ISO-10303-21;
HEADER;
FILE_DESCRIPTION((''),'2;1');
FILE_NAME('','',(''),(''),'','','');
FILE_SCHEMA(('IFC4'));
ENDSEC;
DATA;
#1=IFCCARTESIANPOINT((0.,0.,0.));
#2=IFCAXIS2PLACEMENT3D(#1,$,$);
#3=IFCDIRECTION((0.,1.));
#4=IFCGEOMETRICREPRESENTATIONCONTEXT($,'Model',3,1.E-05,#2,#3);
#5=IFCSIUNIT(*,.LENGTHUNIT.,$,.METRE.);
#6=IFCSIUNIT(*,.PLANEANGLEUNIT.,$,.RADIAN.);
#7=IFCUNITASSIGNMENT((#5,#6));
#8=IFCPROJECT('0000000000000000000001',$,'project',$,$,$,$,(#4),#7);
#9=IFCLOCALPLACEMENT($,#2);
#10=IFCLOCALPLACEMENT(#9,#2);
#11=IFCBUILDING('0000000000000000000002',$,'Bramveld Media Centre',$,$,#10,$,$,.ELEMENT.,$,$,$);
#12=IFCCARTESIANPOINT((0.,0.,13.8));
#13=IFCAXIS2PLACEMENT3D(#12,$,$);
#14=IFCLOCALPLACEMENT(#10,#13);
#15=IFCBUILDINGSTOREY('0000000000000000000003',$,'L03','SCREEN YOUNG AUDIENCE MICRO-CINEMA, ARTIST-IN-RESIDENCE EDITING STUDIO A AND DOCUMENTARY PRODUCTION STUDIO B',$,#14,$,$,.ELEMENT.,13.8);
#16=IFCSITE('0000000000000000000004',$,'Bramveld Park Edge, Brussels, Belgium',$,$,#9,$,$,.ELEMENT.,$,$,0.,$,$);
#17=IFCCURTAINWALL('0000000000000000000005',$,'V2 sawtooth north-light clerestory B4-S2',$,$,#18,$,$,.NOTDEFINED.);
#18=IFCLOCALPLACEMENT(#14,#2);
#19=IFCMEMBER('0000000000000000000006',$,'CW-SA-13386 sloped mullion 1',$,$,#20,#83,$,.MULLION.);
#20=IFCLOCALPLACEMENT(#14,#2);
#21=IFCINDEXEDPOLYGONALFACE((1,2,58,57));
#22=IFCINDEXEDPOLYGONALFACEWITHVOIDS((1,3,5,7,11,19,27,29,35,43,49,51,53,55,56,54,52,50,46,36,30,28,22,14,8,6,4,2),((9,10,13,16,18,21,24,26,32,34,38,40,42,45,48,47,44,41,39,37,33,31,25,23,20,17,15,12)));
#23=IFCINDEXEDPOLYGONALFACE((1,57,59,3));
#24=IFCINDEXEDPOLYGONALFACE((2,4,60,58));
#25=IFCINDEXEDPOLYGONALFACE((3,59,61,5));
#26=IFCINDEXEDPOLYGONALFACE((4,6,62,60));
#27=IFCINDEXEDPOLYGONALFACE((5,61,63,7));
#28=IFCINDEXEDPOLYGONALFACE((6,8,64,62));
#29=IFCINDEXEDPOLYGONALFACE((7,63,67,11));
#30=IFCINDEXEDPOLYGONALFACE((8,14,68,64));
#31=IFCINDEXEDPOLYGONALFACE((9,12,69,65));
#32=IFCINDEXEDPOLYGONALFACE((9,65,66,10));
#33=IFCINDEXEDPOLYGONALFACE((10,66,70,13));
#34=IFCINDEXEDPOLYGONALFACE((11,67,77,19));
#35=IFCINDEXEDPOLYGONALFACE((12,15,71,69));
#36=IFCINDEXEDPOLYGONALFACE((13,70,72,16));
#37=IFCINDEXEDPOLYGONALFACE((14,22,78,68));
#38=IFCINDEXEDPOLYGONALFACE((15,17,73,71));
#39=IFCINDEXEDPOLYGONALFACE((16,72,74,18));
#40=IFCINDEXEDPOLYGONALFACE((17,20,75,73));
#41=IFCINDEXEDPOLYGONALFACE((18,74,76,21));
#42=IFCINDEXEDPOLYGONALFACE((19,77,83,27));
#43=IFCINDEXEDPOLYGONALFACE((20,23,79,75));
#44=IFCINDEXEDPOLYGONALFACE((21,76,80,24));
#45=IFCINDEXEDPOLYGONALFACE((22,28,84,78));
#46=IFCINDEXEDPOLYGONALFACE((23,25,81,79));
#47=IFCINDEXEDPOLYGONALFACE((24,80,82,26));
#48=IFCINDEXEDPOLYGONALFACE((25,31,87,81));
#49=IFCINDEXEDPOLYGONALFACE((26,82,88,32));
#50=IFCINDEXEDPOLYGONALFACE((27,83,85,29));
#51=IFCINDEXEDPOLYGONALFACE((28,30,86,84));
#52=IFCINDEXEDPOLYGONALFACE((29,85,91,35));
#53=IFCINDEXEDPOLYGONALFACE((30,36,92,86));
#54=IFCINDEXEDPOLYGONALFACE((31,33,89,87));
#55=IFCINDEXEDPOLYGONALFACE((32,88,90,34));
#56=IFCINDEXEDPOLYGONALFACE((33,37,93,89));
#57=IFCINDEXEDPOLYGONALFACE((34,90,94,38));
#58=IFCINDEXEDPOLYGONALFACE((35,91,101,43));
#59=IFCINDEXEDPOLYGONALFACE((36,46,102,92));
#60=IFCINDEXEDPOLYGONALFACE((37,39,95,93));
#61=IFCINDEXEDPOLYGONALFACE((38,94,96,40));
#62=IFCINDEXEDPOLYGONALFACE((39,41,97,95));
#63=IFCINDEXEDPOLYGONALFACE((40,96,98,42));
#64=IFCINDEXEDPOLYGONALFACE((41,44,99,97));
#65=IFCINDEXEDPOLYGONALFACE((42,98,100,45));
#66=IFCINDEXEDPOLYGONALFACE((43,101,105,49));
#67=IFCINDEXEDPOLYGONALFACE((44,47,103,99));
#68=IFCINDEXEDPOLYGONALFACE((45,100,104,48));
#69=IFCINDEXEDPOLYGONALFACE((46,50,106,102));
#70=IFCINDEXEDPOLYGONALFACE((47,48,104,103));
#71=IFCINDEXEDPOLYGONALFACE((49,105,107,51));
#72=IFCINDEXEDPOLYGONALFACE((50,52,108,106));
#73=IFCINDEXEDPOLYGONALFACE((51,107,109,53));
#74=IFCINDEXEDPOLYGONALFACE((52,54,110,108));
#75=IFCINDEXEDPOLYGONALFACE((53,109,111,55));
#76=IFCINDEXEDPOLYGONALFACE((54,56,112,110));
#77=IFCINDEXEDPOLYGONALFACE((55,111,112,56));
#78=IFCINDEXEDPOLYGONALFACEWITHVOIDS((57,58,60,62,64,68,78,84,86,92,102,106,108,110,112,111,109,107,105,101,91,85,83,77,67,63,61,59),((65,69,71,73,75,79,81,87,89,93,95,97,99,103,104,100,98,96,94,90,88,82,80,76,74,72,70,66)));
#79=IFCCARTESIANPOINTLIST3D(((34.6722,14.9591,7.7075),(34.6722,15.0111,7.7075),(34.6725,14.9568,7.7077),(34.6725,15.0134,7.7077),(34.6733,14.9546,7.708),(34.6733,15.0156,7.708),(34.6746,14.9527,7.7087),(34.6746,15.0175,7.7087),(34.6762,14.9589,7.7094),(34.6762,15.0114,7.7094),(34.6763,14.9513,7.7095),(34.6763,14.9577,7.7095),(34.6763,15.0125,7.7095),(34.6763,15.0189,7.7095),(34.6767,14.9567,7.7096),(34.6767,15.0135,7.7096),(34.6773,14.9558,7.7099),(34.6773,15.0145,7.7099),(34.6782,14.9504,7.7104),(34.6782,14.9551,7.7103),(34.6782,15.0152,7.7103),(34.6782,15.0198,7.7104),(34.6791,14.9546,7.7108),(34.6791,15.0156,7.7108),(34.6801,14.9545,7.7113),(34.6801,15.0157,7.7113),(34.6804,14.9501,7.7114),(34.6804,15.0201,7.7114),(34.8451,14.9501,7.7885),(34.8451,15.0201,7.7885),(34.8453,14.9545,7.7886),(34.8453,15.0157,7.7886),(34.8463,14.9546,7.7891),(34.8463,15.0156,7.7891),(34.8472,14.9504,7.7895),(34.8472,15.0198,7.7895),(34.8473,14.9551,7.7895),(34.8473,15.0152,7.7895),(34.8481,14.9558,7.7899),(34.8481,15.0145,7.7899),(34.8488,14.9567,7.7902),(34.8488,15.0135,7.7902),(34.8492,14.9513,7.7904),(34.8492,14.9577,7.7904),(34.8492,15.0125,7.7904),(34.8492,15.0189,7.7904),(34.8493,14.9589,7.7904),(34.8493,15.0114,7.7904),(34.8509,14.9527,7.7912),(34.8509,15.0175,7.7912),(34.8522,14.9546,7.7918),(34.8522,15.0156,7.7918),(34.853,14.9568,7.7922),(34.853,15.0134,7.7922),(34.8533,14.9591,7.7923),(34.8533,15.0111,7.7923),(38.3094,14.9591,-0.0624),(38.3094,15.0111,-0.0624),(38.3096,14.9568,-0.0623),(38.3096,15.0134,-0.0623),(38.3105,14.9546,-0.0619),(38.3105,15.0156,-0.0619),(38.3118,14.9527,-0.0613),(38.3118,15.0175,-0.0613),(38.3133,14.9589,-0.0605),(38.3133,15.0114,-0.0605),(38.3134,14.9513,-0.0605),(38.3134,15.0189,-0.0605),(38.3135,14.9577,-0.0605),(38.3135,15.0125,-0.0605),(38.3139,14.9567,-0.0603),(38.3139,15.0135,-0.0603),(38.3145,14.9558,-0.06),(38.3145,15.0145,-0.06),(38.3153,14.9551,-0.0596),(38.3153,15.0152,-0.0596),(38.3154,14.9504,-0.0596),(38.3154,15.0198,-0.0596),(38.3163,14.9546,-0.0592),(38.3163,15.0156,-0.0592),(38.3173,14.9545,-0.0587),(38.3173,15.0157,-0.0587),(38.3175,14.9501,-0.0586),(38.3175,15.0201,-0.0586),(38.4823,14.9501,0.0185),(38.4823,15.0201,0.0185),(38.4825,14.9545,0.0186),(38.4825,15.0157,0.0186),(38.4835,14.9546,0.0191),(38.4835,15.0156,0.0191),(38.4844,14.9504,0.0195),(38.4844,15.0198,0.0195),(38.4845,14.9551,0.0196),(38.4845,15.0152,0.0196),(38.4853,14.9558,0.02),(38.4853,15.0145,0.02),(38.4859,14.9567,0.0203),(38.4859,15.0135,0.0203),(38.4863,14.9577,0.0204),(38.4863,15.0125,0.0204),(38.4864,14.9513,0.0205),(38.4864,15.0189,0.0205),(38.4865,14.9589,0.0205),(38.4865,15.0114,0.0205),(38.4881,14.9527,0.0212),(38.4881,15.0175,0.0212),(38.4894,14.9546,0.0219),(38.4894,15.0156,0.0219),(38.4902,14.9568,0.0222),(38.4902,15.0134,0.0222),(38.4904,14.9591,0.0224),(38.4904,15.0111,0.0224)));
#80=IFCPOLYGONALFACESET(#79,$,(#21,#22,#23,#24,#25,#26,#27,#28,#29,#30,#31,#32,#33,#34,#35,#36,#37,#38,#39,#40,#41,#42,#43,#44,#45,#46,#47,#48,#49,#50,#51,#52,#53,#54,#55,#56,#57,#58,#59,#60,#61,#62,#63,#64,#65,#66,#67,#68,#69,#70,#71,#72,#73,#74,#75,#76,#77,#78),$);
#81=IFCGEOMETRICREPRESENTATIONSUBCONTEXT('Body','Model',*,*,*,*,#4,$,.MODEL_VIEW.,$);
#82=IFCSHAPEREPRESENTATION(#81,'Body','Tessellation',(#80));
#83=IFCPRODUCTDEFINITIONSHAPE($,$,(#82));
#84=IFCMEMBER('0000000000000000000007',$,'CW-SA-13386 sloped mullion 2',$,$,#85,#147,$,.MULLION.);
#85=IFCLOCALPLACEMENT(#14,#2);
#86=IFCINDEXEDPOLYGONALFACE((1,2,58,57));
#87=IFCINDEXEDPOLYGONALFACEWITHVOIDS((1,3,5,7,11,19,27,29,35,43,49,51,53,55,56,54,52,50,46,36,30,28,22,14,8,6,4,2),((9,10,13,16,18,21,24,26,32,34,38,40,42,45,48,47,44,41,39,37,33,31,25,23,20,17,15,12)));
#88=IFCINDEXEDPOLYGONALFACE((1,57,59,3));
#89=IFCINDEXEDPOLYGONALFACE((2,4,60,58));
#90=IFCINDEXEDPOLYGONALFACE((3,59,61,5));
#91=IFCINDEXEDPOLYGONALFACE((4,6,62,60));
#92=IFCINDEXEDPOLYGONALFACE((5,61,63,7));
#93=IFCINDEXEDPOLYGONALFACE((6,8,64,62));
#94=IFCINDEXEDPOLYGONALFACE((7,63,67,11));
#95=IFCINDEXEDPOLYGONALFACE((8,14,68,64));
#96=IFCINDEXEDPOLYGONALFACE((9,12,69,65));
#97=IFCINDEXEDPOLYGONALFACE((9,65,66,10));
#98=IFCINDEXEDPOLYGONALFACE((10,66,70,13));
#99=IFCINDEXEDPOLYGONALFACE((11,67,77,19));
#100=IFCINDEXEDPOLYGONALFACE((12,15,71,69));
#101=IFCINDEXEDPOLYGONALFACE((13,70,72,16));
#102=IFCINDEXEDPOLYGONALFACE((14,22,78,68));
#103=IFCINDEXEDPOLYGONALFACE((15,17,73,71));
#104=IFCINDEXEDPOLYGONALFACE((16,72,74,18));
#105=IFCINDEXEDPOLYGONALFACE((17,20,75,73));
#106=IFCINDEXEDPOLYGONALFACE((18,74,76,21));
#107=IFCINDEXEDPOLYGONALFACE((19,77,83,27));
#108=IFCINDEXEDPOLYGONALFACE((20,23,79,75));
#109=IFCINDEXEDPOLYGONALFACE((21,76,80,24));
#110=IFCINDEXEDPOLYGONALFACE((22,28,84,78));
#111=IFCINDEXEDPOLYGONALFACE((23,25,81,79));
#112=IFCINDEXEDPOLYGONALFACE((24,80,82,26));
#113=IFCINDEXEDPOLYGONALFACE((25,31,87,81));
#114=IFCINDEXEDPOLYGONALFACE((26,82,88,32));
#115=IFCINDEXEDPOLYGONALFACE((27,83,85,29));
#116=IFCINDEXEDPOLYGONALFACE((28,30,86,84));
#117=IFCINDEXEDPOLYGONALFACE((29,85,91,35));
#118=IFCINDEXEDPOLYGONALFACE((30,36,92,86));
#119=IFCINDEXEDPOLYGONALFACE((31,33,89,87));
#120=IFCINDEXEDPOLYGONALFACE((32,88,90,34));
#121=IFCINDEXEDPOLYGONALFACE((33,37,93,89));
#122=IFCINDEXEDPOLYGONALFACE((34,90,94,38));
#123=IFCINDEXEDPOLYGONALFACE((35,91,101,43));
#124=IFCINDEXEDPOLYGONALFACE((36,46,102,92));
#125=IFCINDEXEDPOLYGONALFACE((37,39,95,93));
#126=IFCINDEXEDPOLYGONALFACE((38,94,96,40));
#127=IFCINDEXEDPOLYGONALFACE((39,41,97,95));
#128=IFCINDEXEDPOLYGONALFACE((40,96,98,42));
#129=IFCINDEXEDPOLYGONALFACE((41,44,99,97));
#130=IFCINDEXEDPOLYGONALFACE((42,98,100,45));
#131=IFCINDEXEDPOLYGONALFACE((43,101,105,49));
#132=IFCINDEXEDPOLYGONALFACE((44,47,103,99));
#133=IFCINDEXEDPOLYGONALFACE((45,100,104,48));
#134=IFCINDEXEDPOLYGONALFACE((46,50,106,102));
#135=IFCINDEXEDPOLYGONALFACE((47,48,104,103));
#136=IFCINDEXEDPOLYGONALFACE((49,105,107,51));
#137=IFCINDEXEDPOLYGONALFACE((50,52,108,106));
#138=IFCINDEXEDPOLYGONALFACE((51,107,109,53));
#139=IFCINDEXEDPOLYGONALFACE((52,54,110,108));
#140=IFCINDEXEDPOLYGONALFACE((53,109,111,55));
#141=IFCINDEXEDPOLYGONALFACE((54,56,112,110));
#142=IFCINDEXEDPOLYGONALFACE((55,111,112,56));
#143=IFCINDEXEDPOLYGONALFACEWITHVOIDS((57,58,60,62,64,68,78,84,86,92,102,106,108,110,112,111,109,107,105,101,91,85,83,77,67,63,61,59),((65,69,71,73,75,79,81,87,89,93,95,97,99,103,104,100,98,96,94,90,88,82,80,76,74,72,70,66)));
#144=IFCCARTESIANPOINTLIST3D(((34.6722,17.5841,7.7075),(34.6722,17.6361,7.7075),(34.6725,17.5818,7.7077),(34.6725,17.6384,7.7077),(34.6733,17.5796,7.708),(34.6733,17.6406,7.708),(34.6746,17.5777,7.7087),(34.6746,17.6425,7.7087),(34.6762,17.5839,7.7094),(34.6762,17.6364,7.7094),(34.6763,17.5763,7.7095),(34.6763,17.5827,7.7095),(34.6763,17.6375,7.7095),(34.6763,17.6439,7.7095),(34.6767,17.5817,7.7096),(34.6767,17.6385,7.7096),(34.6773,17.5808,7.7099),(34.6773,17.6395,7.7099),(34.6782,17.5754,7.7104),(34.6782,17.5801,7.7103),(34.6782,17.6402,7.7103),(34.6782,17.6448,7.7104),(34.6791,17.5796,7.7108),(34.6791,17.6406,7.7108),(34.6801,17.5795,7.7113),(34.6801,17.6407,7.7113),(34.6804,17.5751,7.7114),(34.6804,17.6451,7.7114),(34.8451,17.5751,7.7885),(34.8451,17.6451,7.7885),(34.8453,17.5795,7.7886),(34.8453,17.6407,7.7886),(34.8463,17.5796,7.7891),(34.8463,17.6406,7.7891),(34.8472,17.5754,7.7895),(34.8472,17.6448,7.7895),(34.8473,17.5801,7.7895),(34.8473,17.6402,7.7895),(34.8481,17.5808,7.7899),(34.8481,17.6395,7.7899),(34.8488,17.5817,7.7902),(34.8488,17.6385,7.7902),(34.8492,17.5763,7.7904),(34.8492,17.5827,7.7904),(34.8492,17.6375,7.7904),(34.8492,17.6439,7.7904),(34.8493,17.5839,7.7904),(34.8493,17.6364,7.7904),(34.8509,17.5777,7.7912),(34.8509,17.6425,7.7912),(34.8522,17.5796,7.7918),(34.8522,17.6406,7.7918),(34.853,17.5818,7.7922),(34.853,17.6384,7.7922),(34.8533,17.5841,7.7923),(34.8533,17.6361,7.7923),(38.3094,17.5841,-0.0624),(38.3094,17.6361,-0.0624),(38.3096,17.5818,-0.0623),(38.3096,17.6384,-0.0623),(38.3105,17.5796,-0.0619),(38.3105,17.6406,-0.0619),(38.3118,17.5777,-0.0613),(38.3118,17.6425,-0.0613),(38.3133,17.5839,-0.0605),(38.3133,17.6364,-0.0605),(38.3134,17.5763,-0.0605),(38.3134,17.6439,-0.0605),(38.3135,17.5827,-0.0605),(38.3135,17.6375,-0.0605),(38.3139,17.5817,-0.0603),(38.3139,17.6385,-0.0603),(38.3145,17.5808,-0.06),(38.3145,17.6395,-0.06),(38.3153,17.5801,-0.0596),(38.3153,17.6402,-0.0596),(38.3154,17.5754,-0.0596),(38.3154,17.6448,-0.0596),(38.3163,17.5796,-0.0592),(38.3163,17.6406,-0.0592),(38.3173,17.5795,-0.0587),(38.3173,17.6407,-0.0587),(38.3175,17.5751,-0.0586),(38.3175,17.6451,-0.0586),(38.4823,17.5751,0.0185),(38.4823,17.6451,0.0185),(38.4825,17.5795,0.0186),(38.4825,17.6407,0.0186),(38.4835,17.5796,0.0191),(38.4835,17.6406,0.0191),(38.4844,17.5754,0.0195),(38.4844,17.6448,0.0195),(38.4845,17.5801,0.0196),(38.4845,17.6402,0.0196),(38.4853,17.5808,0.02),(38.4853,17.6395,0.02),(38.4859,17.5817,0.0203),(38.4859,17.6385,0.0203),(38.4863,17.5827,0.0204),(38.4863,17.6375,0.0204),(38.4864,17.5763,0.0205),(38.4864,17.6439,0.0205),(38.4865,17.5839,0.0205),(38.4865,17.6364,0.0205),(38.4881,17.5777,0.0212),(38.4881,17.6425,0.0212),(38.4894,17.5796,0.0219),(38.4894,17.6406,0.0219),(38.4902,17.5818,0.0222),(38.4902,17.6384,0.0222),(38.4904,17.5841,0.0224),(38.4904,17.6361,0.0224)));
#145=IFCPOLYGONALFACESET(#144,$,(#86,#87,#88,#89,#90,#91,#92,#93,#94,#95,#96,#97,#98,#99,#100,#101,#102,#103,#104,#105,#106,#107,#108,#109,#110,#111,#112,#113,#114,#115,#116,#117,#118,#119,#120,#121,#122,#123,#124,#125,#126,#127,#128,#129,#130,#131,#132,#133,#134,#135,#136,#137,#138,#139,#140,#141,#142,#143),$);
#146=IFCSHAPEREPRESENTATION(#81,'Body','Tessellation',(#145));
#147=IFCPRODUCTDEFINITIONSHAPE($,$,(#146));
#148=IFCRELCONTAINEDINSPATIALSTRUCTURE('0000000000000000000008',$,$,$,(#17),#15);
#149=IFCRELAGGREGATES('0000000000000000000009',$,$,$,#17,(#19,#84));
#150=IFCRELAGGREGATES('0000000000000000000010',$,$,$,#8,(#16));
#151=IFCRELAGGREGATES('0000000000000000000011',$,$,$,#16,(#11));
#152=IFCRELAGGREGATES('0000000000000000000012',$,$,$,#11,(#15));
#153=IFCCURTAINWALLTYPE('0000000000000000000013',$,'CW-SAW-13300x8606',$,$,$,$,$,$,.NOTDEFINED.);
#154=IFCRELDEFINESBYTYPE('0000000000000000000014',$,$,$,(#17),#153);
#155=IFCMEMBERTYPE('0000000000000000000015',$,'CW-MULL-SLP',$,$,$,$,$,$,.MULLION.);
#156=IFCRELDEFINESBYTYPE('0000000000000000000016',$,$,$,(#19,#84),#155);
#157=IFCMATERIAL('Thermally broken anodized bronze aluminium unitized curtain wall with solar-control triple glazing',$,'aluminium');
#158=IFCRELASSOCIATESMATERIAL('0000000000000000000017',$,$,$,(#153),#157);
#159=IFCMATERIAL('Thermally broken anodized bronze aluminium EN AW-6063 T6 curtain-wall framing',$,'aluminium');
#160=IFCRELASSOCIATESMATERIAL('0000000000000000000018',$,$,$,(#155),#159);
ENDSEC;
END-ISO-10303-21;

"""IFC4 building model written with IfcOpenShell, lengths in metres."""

from ifc_helpers import new_model, si_unit, direction, frame, origin, origin_2d, place, context, subcontext, project, spatial, hollow_rectangle, extrude, material, material_profile, profile_set, type_object, element, aggregate, save


model = new_model("IFC4")

# Units and contexts
model_context = context("Model", 3, precision=1e-05, world=origin(), true_north=direction((0.0, 1.0)))
body_context = subcontext(model_context, "Body", "Model", "MODEL_VIEW")
ifc_project = project(units=[si_unit("LENGTHUNIT", "METRE"), si_unit("PLANEANGLEUNIT", "RADIAN")], contexts=[model_context])

# Site, building, storey
site_placement = place(None, origin())
site = spatial("IfcSite", under=ifc_project, at=site_placement, Name="Bramveld Park Edge, Brussels, Belgium", CompositionType="ELEMENT", RefElevation=0.0)
building_placement = place(site_placement, origin())
building = spatial("IfcBuilding", under=site, at=building_placement, Name="Bramveld Media Centre", CompositionType="ELEMENT")
storey_placement = place(building_placement, frame((0.0, 0.0, 13.8)))
storey = spatial("IfcBuildingStorey", under=building, at=storey_placement, Name="L03", Description="SCREEN YOUNG AUDIENCE MICRO-CINEMA, ARTIST-IN-RESIDENCE EDITING STUDIO A AND DOCUMENTARY PRODUCTION STUDIO B", CompositionType="ELEMENT", Elevation=13.8)

# Curtain wall, members
ifc_material_1 = material(Name="Thermally broken anodized bronze aluminium unitized curtain wall with solar-control triple glazing", Category="aluminium")
curtain_wall_type = type_object("IfcCurtainWallType", Name="CW-SAW-13300x8606", PredefinedType="NOTDEFINED", material=ifc_material_1)
ifc_material_2 = material(Name="Thermally broken anodized bronze aluminium EN AW-6063 T6 curtain-wall framing", Category="aluminium")
ifc_material_profile_1 = material_profile(ifc_material_2, hollow_rectangle(XDim=0.0701, YDim=0.2, WallThickness=0.0044, InnerFilletRadius=0.0044, OuterFilletRadius=0.009, at=origin_2d()), Name="AL-MULL 70x200")
ifc_profile_set_1 = profile_set([ifc_material_profile_1], Name="Thermally broken anodized bronze aluminium EN AW-6063 T6 curtain-wall framing")
member_type_1 = type_object("IfcMemberType", Name="CW-MULL-SLP", PredefinedType="MULLION", material=ifc_profile_set_1)
curtain_wall_1_placement = place(storey_placement, origin())
curtain_wall_1 = element("IfcCurtainWall", 1, at=curtain_wall_1_placement, inside=storey, type_object=curtain_wall_type, Name="V2 sawtooth north-light clerestory B4-S2", PredefinedType="NOTDEFINED")
member_1_placement = place(storey_placement, frame((38.3999, 14.9851, -0.02), z_axis=(-0.423957, 0.0, 0.905682), x_axis=(0.0, -1.0, 0.0)))
member_1 = element("IfcMember", 2, at=member_1_placement, type_object=member_type_1, Name="CW-SA-13386 sloped mullion 1", PredefinedType="MULLION", context=body_context, shape_type="SweptSolid", body=[
    extrude(hollow_rectangle(XDim=0.0701, YDim=0.2, WallThickness=0.0044, InnerFilletRadius=0.0044, OuterFilletRadius=0.009, at=origin_2d()), origin(), (0.0, 0.0, 1.0), 8.5791),
])
member_2_placement = place(storey_placement, frame((38.3999, 17.6101, -0.02), z_axis=(-0.423957, 0.0, 0.905682), x_axis=(0.0, -1.0, 0.0)))
member_2 = element("IfcMember", 3, at=member_2_placement, type_object=member_type_1, Name="CW-SA-13386 sloped mullion 2", PredefinedType="MULLION", context=body_context, shape_type="SweptSolid", body=[
    extrude(hollow_rectangle(XDim=0.0701, YDim=0.2, WallThickness=0.0044, InnerFilletRadius=0.0044, OuterFilletRadius=0.009, at=origin_2d()), origin(), (0.0, 0.0, 1.0), 8.5791),
])

aggregate(curtain_wall_1, [member_1, member_2])

save(model, "model.ifc")
